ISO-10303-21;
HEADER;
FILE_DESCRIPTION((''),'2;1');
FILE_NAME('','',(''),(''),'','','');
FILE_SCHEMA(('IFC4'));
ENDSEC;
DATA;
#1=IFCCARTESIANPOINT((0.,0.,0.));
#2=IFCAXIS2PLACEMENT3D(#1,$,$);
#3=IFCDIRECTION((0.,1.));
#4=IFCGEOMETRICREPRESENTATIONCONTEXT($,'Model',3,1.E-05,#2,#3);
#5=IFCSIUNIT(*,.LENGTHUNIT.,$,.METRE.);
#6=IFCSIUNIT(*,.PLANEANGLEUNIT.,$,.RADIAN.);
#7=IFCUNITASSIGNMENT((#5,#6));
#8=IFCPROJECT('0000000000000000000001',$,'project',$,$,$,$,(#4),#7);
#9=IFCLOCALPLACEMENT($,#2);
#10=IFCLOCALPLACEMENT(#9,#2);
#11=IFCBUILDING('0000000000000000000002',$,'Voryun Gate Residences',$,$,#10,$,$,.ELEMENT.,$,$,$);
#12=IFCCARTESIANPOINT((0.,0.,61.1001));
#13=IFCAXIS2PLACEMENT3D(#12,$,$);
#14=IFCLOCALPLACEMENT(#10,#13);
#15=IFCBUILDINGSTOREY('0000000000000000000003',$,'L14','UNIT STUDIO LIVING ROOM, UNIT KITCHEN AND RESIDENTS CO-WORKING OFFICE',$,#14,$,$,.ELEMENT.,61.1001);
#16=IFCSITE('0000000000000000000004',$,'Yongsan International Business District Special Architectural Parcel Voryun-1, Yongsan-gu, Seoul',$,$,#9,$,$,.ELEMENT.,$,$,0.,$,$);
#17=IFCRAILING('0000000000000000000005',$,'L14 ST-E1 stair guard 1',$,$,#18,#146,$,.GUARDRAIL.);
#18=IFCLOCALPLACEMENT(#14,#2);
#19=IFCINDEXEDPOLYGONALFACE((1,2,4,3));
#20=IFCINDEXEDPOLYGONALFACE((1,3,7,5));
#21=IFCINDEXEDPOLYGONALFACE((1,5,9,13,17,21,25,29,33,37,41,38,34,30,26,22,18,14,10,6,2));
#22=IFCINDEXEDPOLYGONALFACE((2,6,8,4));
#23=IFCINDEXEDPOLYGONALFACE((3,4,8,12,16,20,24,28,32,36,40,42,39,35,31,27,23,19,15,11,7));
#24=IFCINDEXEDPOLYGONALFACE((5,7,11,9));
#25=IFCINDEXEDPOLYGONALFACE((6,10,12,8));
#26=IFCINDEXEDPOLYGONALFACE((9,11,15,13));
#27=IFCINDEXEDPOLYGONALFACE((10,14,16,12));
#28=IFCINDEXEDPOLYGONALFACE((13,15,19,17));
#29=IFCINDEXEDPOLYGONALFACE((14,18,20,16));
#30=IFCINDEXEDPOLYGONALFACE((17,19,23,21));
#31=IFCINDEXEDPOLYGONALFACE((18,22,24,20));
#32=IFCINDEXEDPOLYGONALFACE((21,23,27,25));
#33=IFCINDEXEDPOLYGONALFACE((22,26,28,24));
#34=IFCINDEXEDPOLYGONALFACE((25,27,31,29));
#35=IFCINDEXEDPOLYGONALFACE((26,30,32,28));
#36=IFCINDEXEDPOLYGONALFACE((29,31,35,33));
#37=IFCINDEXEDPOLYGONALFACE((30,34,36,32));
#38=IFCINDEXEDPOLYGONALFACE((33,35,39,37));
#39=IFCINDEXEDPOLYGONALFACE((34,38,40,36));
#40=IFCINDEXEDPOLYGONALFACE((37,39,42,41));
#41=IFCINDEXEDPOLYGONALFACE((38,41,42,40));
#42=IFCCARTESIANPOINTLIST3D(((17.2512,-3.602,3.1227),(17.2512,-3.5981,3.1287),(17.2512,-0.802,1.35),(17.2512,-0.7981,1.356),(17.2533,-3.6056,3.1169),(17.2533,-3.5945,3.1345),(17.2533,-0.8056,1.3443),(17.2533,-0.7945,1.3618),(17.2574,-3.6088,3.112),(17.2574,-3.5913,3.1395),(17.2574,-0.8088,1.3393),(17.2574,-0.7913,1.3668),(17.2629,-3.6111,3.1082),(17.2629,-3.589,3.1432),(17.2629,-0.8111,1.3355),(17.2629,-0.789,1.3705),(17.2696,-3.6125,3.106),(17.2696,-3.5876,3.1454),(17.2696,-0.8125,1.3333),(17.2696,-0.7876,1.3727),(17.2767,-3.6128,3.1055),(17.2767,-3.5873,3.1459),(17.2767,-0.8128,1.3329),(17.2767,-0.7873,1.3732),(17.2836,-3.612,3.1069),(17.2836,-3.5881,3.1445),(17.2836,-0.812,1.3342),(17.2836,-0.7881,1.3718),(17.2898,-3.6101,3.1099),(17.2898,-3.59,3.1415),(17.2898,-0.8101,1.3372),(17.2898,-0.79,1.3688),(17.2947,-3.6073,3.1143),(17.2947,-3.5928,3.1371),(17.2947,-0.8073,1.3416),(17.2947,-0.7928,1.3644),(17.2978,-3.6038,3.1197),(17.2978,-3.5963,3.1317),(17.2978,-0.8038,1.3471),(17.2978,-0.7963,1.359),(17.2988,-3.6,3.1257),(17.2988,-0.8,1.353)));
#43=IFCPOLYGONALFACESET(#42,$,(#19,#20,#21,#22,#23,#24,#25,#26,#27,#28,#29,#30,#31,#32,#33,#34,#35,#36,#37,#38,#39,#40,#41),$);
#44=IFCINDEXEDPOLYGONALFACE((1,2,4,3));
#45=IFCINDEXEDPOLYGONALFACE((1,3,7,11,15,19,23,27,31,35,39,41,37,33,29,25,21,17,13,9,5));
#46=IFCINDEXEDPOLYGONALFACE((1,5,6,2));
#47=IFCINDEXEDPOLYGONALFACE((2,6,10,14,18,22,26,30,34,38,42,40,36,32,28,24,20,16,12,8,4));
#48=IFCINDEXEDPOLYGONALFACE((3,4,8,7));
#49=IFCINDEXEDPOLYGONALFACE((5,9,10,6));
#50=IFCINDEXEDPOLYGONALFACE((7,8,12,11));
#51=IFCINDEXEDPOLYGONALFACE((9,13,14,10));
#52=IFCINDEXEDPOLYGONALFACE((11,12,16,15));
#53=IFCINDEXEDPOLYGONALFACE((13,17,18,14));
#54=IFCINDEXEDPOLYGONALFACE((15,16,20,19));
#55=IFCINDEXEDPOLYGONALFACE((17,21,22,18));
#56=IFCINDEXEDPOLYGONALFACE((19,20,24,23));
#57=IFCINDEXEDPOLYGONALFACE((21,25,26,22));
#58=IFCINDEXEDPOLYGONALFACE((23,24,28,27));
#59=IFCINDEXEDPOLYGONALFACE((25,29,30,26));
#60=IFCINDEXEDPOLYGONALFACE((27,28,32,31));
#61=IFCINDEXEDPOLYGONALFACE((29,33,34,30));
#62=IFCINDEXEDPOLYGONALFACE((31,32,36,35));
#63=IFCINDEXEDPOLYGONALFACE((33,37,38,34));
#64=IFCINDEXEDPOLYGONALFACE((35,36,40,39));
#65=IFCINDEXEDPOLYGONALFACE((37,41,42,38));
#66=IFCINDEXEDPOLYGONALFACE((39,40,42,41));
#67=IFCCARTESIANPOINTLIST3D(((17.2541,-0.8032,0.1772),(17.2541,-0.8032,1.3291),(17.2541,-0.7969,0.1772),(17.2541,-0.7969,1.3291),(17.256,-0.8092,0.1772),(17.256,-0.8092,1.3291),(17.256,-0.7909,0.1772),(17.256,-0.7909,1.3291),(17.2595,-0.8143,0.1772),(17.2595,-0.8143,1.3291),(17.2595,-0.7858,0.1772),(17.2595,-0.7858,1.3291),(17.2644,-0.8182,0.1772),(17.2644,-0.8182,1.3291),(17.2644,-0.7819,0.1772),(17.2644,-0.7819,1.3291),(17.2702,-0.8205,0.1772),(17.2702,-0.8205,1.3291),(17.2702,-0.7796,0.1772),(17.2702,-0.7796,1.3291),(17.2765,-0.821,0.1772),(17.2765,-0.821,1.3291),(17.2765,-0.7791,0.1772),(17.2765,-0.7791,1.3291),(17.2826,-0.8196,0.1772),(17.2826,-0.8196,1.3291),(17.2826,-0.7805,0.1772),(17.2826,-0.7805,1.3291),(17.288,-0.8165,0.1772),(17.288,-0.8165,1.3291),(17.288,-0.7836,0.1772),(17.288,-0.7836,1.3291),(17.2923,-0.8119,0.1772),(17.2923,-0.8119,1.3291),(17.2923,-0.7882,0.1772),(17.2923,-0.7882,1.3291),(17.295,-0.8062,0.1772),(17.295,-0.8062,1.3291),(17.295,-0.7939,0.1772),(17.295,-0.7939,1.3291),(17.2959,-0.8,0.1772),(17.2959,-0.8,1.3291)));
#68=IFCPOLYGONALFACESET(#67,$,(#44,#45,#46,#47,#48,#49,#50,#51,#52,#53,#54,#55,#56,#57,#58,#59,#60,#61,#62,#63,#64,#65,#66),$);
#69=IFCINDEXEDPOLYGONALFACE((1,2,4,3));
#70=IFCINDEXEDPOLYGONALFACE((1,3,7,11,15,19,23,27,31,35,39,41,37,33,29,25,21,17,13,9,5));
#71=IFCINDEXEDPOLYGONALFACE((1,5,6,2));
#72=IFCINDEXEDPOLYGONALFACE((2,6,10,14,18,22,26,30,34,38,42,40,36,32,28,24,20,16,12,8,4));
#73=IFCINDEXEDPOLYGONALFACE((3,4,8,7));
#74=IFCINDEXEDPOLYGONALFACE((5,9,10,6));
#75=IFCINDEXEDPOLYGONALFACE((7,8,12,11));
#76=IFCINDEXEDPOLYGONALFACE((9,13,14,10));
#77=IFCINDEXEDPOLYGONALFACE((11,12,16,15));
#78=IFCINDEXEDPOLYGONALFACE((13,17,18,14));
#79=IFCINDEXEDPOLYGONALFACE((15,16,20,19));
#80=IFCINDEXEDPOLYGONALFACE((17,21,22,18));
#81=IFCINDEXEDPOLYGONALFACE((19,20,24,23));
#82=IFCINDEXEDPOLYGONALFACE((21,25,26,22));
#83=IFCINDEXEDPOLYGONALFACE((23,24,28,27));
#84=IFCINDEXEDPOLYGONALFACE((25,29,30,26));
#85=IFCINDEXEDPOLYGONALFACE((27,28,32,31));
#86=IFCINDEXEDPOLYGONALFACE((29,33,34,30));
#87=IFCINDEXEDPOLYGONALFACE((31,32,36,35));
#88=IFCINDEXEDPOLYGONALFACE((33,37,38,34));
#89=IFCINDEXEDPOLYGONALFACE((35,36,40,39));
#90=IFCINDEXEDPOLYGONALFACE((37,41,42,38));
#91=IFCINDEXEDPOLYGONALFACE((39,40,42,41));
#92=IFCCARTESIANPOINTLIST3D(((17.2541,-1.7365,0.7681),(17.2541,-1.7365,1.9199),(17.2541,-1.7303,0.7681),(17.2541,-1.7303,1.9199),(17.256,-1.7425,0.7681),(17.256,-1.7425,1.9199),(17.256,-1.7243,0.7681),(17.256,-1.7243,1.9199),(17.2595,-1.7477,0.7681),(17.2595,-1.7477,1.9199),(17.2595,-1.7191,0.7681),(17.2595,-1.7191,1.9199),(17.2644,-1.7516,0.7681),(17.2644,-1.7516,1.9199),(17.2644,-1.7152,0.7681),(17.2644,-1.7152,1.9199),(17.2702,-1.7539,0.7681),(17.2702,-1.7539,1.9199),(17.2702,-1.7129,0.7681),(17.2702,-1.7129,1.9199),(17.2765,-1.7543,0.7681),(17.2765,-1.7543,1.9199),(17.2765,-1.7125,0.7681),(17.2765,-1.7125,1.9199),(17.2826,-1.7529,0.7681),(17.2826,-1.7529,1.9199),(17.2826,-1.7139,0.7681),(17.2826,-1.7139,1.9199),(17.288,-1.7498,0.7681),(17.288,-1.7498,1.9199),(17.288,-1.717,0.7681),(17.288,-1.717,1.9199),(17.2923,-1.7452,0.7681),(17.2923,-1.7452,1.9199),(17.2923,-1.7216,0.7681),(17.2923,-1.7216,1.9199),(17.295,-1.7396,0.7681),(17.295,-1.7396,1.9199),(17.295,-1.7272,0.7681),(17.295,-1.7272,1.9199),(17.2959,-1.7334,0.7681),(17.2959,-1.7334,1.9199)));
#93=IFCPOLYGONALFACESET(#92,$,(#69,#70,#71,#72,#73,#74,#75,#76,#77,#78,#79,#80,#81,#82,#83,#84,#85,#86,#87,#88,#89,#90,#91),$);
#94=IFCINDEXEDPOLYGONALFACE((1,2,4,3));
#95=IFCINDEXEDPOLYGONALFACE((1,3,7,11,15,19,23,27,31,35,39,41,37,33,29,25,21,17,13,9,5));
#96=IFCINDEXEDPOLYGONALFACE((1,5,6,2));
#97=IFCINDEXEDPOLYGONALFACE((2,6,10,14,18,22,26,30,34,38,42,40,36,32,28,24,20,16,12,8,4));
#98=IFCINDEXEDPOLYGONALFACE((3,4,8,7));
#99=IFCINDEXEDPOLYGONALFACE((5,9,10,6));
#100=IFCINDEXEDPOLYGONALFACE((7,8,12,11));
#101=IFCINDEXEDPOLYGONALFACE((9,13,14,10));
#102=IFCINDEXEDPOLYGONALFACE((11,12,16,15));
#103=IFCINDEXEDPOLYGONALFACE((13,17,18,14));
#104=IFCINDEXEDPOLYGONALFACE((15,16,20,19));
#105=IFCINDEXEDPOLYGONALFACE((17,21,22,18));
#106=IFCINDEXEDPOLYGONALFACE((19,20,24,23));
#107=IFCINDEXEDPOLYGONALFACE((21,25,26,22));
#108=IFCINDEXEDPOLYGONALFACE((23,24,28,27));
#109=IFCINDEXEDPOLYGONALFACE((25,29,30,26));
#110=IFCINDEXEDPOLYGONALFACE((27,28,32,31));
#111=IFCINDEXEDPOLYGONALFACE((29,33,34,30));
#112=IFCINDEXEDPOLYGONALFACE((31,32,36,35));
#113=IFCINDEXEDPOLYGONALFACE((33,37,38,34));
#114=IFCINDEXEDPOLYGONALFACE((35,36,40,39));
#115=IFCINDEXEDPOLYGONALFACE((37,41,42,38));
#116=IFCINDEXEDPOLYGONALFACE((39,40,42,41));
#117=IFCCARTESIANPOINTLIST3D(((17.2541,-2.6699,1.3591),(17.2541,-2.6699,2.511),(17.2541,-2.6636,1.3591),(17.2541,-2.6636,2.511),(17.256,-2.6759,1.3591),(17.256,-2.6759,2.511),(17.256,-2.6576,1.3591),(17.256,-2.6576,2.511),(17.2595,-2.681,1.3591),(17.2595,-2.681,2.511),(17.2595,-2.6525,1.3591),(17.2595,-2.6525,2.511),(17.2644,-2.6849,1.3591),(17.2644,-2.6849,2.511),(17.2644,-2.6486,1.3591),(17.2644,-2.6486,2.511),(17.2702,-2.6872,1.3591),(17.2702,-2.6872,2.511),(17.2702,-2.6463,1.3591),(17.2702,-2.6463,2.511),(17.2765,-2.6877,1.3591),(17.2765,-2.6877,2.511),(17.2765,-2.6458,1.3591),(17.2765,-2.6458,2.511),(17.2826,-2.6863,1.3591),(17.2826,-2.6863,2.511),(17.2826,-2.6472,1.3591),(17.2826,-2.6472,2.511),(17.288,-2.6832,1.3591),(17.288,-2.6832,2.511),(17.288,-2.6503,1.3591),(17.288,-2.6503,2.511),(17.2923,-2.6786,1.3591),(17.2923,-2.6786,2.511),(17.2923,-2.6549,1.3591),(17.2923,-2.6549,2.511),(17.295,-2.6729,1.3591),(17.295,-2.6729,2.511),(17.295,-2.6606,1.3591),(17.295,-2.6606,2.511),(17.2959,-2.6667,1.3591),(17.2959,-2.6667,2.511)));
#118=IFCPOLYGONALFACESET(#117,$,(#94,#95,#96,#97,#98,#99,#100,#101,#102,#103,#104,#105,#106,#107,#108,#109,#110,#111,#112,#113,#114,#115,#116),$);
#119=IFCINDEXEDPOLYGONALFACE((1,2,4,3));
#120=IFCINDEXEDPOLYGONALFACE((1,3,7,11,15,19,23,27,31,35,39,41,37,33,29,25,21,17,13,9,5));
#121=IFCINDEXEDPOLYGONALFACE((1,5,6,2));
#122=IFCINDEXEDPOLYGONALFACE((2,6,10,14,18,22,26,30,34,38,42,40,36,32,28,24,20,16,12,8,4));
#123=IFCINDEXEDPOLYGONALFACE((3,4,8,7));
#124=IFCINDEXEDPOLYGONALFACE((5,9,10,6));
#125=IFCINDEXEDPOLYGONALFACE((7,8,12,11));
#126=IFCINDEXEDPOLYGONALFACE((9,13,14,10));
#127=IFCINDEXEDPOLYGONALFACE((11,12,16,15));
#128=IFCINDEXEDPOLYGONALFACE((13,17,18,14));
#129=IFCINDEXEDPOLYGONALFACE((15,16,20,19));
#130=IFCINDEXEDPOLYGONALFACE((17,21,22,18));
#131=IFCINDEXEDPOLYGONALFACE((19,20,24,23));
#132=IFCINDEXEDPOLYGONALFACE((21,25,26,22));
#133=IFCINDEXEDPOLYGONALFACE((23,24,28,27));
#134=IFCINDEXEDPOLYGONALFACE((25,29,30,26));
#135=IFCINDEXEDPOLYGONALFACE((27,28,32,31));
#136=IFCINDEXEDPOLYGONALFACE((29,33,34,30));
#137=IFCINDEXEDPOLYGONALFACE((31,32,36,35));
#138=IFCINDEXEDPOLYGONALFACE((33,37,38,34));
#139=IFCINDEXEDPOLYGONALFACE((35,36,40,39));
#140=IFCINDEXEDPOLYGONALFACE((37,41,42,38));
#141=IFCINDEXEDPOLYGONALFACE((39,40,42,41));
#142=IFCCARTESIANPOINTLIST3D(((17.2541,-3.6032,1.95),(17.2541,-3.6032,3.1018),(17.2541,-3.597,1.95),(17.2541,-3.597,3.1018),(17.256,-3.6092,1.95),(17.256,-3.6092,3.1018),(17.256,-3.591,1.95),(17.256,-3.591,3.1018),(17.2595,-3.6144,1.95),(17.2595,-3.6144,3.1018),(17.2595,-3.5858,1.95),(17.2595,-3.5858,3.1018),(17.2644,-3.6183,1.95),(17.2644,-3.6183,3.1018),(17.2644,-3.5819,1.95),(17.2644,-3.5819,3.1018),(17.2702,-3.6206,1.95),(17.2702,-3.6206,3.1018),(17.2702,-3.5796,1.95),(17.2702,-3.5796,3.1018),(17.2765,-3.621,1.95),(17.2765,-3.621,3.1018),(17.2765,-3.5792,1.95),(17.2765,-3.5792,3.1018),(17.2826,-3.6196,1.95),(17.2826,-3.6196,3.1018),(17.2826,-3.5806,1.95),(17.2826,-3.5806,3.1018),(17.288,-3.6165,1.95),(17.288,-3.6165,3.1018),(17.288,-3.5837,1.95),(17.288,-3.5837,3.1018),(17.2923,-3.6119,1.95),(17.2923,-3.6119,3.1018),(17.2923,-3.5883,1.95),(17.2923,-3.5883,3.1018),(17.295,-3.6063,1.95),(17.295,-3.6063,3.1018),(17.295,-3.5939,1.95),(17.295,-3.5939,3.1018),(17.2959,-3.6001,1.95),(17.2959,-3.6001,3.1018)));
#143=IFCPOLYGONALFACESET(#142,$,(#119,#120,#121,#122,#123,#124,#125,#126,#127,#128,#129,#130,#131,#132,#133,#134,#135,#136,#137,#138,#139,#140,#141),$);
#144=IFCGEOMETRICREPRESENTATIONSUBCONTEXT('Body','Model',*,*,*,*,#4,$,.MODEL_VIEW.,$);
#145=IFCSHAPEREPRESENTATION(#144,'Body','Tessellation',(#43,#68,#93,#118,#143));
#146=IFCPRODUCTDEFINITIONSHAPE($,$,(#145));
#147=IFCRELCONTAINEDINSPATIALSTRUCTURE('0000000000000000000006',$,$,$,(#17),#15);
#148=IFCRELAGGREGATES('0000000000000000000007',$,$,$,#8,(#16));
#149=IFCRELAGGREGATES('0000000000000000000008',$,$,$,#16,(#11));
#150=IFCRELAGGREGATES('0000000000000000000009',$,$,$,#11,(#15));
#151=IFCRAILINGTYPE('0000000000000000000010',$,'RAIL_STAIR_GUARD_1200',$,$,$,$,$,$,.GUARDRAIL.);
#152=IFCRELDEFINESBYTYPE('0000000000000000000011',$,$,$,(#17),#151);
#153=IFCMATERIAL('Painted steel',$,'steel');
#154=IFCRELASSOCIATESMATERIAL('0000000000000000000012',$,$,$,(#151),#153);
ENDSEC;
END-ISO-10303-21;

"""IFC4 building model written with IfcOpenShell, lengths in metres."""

from ifc_helpers import new_model, si_unit, direction, frame, origin, origin_2d, place, context, subcontext, project, spatial, circle, extrude, material, type_object, element, save


model = new_model("IFC4")

# Units and contexts
model_context = context("Model", 3, precision=1e-05, world=origin(), true_north=direction((0.0, 1.0)))
body_context = subcontext(model_context, "Body", "Model", "MODEL_VIEW")
ifc_project = project(units=[si_unit("LENGTHUNIT", "METRE"), si_unit("PLANEANGLEUNIT", "RADIAN")], contexts=[model_context])

# Site, building, storey
site_placement = place(None, origin())
site = spatial("IfcSite", under=ifc_project, at=site_placement, Name="Yongsan International Business District Special Architectural Parcel Voryun-1, Yongsan-gu, Seoul", CompositionType="ELEMENT", RefElevation=0.0)
building_placement = place(site_placement, origin())
building = spatial("IfcBuilding", under=site, at=building_placement, Name="Voryun Gate Residences", CompositionType="ELEMENT")
storey_placement = place(building_placement, frame((0.0, 0.0, 61.1001)))
storey = spatial("IfcBuildingStorey", under=building, at=storey_placement, Name="L14", Description="UNIT STUDIO LIVING ROOM, UNIT KITCHEN AND RESIDENTS CO-WORKING OFFICE", CompositionType="ELEMENT", Elevation=61.1001)

# Railing
ifc_material_1 = material(Name="Painted steel", Category="steel")
railing_type = type_object("IfcRailingType", Name="RAIL_STAIR_GUARD_1200", PredefinedType="GUARDRAIL", material=ifc_material_1)
railing_1_placement = place(storey_placement, frame((17.2749, -0.8, 0.1772)))
element("IfcRailing", 1, at=railing_1_placement, inside=storey, type_object=railing_type, Name="L14 ST-E1 stair guard 1", PredefinedType="GUARDRAIL", context=body_context, shape_type="SweptSolid", body=[
    extrude(circle(Radius=0.0239, at=origin_2d()), frame((0.0, 0.0, 1.1758), z_axis=(0.0, -0.844909, 0.53491), x_axis=(1.0, 0.0, 0.0)), (0.0, 0.0, 1.0), 3.314),
    extrude(circle(Radius=0.021, at=origin_2d()), origin(), (0.0, 0.0, 1.0), 1.1519),
    extrude(circle(Radius=0.021, at=origin_2d()), frame((0.0, -0.9333, 0.5908)), (0.0, 0.0, 1.0), 1.1519),
    extrude(circle(Radius=0.021, at=origin_2d()), frame((0.0, -1.8667, 1.1819)), (0.0, 0.0, 1.0), 1.1519),
    extrude(circle(Radius=0.021, at=origin_2d()), frame((0.0, -2.8, 1.7727)), (0.0, 0.0, 1.0), 1.1519),
])

save(model, "model.ifc")
